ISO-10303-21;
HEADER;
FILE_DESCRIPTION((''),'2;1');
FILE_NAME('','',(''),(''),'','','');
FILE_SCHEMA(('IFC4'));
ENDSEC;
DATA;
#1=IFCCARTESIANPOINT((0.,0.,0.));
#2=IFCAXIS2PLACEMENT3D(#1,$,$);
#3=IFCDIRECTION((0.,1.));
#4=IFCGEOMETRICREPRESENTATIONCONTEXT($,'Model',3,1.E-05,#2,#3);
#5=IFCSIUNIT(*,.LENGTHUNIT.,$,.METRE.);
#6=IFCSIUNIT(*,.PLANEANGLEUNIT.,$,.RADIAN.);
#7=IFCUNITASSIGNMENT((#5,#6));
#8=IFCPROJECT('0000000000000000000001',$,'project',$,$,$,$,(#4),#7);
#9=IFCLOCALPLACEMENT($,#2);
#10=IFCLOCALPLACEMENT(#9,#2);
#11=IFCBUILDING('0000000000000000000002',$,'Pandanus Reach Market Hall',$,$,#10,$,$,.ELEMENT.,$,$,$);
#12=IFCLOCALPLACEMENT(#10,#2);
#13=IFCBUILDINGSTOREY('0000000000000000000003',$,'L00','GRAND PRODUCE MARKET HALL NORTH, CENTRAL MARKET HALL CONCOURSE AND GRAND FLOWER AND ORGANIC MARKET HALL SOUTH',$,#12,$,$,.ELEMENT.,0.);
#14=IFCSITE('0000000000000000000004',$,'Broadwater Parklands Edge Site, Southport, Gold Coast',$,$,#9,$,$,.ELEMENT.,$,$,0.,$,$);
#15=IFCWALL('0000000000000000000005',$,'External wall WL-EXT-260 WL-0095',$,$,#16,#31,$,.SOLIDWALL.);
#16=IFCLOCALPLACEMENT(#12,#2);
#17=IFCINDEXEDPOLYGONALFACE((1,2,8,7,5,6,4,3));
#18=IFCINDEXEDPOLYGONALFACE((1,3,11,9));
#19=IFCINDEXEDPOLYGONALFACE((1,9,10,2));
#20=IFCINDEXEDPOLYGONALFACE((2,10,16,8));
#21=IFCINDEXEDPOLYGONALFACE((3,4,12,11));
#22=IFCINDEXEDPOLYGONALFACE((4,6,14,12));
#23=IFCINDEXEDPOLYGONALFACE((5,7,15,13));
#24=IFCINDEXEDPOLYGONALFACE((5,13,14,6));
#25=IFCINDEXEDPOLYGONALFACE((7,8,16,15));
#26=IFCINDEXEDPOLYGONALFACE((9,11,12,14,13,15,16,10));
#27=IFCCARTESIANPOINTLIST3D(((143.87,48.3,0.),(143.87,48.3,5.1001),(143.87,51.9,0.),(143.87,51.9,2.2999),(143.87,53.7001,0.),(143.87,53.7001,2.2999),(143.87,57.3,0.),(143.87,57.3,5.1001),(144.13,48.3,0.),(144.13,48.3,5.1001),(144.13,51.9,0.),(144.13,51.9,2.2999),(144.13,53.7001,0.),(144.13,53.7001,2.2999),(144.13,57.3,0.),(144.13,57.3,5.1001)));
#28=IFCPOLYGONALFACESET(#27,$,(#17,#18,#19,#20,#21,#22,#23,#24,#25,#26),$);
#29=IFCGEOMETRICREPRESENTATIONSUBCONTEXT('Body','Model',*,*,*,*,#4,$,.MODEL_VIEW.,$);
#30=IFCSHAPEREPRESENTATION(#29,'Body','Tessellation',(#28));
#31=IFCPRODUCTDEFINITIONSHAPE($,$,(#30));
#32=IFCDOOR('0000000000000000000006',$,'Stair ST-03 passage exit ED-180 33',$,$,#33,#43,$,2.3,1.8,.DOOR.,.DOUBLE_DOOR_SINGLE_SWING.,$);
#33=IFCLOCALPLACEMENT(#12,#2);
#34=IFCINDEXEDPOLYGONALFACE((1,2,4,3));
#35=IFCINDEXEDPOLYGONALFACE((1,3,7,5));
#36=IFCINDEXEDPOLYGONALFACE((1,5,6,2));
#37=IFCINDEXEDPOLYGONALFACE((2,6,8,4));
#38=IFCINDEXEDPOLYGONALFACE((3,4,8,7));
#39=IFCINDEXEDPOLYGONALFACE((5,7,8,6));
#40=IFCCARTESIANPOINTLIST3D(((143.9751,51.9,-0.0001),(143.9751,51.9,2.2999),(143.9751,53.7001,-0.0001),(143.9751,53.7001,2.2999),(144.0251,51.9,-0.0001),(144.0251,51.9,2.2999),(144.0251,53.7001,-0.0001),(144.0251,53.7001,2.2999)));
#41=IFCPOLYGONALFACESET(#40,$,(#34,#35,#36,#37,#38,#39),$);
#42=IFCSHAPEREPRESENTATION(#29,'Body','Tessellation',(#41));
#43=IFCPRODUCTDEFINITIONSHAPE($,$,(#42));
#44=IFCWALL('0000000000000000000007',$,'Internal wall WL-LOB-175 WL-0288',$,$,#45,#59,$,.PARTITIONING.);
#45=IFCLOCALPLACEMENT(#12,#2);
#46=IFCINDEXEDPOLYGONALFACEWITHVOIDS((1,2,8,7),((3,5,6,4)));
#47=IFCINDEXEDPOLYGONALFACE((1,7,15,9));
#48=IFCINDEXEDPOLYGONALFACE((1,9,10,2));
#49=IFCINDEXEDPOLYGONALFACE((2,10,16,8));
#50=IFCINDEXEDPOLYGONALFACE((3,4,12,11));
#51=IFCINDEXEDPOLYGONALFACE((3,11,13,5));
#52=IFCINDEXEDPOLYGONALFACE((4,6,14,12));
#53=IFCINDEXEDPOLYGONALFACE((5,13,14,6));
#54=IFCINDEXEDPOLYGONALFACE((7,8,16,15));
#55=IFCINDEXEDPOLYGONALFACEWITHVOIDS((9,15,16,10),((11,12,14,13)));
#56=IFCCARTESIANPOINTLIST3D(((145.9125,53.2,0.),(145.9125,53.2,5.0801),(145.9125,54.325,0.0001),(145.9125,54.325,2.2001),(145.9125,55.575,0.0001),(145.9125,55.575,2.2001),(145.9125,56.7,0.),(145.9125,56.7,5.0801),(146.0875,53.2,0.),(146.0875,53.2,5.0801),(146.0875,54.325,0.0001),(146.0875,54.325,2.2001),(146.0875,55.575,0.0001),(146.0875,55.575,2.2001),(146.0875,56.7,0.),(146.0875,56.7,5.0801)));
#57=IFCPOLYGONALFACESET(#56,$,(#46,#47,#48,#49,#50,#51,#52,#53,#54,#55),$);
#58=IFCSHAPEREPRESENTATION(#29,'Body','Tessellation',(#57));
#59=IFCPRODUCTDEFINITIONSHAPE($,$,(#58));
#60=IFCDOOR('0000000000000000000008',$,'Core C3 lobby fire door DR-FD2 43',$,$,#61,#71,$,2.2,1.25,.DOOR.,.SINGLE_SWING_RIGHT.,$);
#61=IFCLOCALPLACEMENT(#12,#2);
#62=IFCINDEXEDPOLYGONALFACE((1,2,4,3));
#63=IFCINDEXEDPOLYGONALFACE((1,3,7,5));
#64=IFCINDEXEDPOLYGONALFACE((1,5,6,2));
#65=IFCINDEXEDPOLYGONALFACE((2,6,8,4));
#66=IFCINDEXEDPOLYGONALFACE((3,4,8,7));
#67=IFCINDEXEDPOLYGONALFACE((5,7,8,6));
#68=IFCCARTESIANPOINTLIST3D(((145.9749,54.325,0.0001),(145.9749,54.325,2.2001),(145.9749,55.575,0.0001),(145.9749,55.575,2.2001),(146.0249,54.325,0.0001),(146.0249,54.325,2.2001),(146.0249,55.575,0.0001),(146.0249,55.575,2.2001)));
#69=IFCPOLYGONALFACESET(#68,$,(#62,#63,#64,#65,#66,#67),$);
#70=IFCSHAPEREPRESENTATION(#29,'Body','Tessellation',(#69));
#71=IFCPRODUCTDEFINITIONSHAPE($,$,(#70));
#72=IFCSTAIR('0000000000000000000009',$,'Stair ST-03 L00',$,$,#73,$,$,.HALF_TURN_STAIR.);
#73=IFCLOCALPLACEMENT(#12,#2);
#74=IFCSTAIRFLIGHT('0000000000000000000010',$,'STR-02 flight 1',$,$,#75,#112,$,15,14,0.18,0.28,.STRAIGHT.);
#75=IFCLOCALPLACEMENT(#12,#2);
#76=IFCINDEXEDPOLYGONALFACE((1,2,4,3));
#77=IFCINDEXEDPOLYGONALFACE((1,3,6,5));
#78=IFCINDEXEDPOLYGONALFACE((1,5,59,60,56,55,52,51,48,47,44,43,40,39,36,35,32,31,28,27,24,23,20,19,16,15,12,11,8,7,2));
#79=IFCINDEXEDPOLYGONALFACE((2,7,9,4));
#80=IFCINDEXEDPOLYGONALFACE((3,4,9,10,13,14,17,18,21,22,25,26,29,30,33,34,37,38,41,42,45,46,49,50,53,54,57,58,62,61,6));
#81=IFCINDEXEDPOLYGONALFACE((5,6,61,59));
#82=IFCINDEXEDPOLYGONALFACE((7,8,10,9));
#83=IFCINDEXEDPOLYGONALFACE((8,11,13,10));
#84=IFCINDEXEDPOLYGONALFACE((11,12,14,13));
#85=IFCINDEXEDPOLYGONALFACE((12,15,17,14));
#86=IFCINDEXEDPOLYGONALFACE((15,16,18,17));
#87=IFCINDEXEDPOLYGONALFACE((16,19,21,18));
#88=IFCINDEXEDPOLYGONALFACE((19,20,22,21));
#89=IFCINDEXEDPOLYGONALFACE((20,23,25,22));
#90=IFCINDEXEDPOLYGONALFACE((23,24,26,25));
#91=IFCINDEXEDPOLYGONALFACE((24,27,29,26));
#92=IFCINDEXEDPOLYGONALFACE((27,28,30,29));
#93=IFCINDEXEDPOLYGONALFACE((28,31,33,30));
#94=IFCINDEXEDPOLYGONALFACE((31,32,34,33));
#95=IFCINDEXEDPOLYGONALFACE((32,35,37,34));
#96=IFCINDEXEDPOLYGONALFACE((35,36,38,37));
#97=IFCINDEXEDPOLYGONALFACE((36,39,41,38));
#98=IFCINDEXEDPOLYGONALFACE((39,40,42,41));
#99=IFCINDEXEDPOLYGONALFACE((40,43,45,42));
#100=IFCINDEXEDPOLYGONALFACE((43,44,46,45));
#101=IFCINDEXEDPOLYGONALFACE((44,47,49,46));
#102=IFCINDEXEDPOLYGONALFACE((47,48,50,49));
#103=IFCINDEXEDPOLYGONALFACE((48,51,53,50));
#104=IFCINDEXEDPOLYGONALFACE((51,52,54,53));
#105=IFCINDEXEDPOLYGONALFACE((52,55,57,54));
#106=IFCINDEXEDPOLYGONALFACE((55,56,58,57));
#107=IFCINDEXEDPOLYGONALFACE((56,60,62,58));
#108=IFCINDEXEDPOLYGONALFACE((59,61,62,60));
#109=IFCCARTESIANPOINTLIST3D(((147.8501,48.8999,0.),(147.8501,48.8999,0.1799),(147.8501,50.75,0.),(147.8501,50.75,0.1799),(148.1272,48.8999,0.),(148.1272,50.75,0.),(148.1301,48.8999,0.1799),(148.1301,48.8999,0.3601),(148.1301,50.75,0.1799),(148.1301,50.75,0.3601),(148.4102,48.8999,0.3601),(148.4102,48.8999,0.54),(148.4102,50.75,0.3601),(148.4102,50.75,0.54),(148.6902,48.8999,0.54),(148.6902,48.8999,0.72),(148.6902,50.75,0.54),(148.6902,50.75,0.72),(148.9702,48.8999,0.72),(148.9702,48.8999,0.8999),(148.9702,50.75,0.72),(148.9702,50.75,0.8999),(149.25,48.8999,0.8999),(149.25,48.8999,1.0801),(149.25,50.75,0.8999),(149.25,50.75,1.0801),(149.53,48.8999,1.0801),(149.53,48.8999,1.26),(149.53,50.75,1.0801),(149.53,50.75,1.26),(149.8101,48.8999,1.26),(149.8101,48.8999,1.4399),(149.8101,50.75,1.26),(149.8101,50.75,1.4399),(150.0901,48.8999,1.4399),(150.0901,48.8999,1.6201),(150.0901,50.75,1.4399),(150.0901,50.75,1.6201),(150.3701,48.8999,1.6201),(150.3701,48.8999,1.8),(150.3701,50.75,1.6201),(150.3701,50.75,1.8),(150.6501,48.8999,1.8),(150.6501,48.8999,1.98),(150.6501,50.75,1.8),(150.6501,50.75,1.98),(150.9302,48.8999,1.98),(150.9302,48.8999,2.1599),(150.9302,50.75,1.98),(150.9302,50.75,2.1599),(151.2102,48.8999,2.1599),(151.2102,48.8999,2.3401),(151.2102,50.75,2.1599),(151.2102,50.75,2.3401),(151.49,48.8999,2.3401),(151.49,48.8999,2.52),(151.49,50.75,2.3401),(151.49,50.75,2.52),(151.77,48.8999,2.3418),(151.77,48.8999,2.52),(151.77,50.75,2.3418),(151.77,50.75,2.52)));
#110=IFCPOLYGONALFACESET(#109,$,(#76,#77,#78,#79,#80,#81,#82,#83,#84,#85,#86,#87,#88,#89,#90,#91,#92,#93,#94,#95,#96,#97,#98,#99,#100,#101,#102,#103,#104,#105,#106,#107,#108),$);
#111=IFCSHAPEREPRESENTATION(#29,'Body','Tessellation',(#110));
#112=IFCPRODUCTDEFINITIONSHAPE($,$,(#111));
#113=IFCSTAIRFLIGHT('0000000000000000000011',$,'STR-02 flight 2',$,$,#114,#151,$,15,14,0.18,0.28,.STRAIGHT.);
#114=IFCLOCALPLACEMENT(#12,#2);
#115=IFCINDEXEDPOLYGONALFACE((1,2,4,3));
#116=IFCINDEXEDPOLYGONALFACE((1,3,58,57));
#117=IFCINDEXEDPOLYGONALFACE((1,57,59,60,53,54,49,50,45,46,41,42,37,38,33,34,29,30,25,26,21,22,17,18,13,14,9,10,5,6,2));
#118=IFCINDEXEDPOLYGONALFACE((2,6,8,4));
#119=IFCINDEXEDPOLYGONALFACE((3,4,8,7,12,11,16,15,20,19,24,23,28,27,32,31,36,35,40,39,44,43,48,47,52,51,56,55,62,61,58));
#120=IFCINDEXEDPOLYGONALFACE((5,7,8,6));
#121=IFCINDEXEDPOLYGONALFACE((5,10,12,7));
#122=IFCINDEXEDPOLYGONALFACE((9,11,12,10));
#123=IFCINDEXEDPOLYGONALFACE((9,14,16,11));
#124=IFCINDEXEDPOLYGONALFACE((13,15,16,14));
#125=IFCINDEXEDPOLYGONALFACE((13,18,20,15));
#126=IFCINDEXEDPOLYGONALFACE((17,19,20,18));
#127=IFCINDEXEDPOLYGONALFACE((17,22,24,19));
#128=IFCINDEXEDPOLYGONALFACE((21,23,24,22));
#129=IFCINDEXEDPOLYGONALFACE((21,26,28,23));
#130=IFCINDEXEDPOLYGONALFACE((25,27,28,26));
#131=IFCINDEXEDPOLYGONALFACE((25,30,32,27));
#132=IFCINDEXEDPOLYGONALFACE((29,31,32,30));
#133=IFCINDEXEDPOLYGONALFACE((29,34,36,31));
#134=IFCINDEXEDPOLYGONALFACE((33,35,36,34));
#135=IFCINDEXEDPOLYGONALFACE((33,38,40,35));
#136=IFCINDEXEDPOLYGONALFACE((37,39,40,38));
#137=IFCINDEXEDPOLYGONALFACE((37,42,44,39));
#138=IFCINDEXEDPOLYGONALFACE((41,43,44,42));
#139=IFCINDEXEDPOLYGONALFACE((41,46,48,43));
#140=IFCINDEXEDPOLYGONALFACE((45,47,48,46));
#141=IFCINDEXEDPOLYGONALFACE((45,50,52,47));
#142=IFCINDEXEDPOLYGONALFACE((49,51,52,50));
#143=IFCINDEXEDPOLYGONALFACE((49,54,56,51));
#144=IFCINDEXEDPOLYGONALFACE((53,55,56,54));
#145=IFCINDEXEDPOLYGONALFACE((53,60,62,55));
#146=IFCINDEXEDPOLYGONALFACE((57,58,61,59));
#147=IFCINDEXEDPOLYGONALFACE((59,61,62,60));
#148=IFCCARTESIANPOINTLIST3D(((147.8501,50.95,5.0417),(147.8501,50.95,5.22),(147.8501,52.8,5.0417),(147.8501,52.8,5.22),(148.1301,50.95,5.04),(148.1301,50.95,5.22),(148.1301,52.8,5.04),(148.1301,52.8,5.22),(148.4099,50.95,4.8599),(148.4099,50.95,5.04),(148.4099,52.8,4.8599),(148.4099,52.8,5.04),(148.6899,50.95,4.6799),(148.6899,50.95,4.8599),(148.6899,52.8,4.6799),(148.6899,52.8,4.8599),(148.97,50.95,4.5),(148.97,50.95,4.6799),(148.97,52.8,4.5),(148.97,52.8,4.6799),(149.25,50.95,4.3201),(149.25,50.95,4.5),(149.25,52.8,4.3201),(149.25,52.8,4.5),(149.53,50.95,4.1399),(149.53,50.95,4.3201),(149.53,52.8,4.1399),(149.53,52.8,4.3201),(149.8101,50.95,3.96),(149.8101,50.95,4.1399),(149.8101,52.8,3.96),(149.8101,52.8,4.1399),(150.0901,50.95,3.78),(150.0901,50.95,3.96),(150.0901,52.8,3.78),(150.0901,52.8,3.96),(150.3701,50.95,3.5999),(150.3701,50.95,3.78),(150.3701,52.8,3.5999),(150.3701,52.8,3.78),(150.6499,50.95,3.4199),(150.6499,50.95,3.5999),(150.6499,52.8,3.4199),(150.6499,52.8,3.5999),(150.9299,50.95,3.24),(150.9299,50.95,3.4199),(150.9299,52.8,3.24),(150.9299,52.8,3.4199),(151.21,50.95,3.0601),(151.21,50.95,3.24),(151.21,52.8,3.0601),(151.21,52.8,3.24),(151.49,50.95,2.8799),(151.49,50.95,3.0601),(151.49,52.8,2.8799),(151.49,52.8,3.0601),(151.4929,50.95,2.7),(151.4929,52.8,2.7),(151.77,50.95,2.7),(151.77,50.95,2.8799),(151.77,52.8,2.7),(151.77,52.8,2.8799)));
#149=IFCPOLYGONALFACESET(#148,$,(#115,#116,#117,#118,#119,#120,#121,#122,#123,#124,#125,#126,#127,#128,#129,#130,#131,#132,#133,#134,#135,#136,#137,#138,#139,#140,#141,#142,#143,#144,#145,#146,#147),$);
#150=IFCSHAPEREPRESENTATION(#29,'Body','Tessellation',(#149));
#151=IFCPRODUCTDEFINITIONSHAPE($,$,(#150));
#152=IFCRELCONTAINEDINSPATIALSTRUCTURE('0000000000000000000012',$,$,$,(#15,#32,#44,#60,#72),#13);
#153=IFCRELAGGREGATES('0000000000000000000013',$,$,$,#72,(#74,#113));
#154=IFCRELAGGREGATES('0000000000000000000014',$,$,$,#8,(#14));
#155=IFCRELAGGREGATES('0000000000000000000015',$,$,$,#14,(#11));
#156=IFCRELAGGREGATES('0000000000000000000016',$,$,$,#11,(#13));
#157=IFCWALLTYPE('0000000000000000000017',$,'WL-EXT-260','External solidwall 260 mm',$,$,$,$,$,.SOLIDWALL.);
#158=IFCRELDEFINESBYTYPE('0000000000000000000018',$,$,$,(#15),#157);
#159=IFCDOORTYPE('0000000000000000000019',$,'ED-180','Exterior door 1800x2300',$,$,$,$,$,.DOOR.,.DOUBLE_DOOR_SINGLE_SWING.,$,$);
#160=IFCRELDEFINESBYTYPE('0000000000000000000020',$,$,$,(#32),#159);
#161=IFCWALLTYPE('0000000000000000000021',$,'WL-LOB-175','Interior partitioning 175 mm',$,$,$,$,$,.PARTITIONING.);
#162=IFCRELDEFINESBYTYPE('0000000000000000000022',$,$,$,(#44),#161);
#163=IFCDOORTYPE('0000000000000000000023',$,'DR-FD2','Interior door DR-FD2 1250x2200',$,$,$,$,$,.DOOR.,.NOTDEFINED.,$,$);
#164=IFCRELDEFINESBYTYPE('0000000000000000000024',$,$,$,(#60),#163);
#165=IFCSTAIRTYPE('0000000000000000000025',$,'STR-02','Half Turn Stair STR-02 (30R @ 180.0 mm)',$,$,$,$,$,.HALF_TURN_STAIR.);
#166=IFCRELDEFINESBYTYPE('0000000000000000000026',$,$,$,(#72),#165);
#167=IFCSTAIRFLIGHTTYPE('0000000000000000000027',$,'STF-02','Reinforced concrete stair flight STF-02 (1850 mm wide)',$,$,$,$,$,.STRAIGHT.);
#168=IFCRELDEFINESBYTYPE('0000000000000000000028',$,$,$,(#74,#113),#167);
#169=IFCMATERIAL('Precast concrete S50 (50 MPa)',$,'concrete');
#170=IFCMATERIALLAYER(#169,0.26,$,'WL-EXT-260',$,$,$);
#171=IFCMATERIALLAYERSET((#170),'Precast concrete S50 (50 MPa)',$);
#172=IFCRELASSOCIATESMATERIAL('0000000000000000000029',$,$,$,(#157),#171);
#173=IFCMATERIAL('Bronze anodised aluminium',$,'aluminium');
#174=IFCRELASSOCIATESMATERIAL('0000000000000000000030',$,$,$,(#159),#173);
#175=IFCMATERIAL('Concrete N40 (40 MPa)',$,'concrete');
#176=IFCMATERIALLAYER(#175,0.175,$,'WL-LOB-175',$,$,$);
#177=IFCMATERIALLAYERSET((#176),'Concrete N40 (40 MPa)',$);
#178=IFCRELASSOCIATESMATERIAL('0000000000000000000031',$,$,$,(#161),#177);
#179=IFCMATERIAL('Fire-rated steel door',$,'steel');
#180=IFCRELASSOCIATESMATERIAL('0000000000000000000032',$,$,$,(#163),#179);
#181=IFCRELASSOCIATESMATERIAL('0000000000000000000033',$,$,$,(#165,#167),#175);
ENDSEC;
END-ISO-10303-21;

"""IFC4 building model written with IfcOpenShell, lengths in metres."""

from ifc_helpers import new_model, si_unit, direction, frame, frame_2d, origin, place, context, subcontext, project, spatial, polyline, rectangle, outline, extrude, material, layer, layer_set, type_object, element, fill, aggregate, save


model = new_model("IFC4")

# Units and contexts
model_context = context("Model", 3, precision=1e-05, world=origin(), true_north=direction((0.0, 1.0)))
body_context = subcontext(model_context, "Body", "Model", "MODEL_VIEW")
ifc_project = project(units=[si_unit("LENGTHUNIT", "METRE"), si_unit("PLANEANGLEUNIT", "RADIAN")], contexts=[model_context])

# Site, building, storey
site_placement = place(None, origin())
site = spatial("IfcSite", under=ifc_project, at=site_placement, Name="Broadwater Parklands Edge Site, Southport, Gold Coast", CompositionType="ELEMENT", RefElevation=0.0)
building_placement = place(site_placement, origin())
building = spatial("IfcBuilding", under=site, at=building_placement, Name="Pandanus Reach Market Hall", CompositionType="ELEMENT")
storey_placement = place(building_placement, origin())
storey = spatial("IfcBuildingStorey", under=building, at=storey_placement, Name="L00", Description="GRAND PRODUCE MARKET HALL NORTH, CENTRAL MARKET HALL CONCOURSE AND GRAND FLOWER AND ORGANIC MARKET HALL SOUTH", CompositionType="ELEMENT", Elevation=0.0)

# Shared definitions
ifc_material_1 = material(Name="Concrete N40 (40 MPa)", Category="concrete")

# Shared definitions
ifc_material_2 = material(Name="Bronze anodised aluminium", Category="aluminium")

# Shared definitions
ifc_material_3 = material(Name="Fire-rated steel door", Category="steel")

# Walls, openings, doors
ifc_material_4 = material(Name="Precast concrete S50 (50 MPa)", Category="concrete")
ifc_layer_1 = layer(ifc_material_4, 0.26, Name="WL-EXT-260")
ifc_layer_set_1 = layer_set([ifc_layer_1], Name="Precast concrete S50 (50 MPa)")
wall_type_1 = type_object("IfcWallType", Name="WL-EXT-260", Description="External solidwall 260 mm", PredefinedType="SOLIDWALL", material=ifc_layer_set_1)
wall_1_placement = place(storey_placement, frame((144.0, 48.3, 0.0), z_axis=(0.0, 0.0, 1.0), x_axis=(0.0, 1.0, 0.0)))
wall_1 = element("IfcWall", 1, at=wall_1_placement, inside=storey, type_object=wall_type_1, Name="External wall WL-EXT-260 WL-0095", PredefinedType="SOLIDWALL", context=body_context, shape_type="SweptSolid", body=[
    extrude(rectangle(XDim=9.0, YDim=0.26, at=frame_2d((4.5, 0.0))), origin(), (0.0, 0.0, 1.0), 5.1001),
])
opening_1_placement = place(wall_1_placement, frame((3.6001, 0.0, 0.0)))
opening_1 = element("IfcOpeningElement", 2, at=opening_1_placement, cuts=wall_1, PredefinedType="OPENING", context=body_context, shape_type="SweptSolid", body=[
    extrude(rectangle(XDim=1.8, YDim=2.3, at=frame_2d((0.8999, 1.1499))), frame((0.0, 0.145, 0.0), z_axis=(0.0, -1.0, 0.0), x_axis=(1.0, 0.0, 0.0)), (0.0, 0.0, 1.0), 0.29),
])
door_type_1 = type_object("IfcDoorType", Name="ED-180", Description="Exterior door 1800x2300", OperationType="DOUBLE_DOOR_SINGLE_SWING", PredefinedType="DOOR", material=ifc_material_2)
door_1_placement = place(opening_1_placement, origin())
door_1 = element("IfcDoor", 3, at=door_1_placement, inside=storey, type_object=door_type_1, Name="Stair ST-03 passage exit ED-180 33", OperationType="DOUBLE_DOOR_SINGLE_SWING", OverallHeight=2.3, OverallWidth=1.8, PredefinedType="DOOR", context=body_context, shape_type="SweptSolid", body=[
    extrude(rectangle(XDim=1.8, YDim=2.3, at=frame_2d((0.8999, 1.1499))), frame((0.0, 0.0249, 0.0), z_axis=(0.0, -1.0, 0.0), x_axis=(1.0, 0.0, 0.0)), (0.0, 0.0, 1.0), 0.05),
])
fill(opening_1, door_1)
ifc_layer_2 = layer(ifc_material_1, 0.175, Name="WL-LOB-175")
ifc_layer_set_2 = layer_set([ifc_layer_2], Name="Concrete N40 (40 MPa)")
wall_type_2 = type_object("IfcWallType", Name="WL-LOB-175", Description="Interior partitioning 175 mm", PredefinedType="PARTITIONING", material=ifc_layer_set_2)
wall_2_placement = place(storey_placement, frame((146.0, 53.2, 0.0), z_axis=(0.0, 0.0, 1.0), x_axis=(0.0, 1.0, 0.0)))
wall_2 = element("IfcWall", 4, at=wall_2_placement, inside=storey, type_object=wall_type_2, Name="Internal wall WL-LOB-175 WL-0288", PredefinedType="PARTITIONING", context=body_context, shape_type="SweptSolid", body=[
    extrude(rectangle(XDim=3.5, YDim=0.175, at=frame_2d((1.75, 0.0))), origin(), (0.0, 0.0, 1.0), 5.0801),
])
opening_2_placement = place(wall_2_placement, frame((1.125, 0.0, 0.0)))
opening_2 = element("IfcOpeningElement", 5, at=opening_2_placement, cuts=wall_2, PredefinedType="OPENING", context=body_context, shape_type="SweptSolid", body=[
    extrude(rectangle(XDim=1.25, YDim=2.2, at=frame_2d((0.625, 1.1001))), frame((0.0, 0.1025, 0.0), z_axis=(0.0, -1.0, 0.0), x_axis=(1.0, 0.0, 0.0)), (0.0, 0.0, 1.0), 0.2051),
])
door_type_2 = type_object("IfcDoorType", Name="DR-FD2", Description="Interior door DR-FD2 1250x2200", OperationType="NOTDEFINED", PredefinedType="DOOR", material=ifc_material_3)
door_2_placement = place(opening_2_placement, frame((1.25, 0.0, 0.0), z_axis=(0.0, 0.0, 1.0), x_axis=(-1.0, 0.0, 0.0)))
door_2 = element("IfcDoor", 6, at=door_2_placement, inside=storey, type_object=door_type_2, Name="Core C3 lobby fire door DR-FD2 43", OperationType="SINGLE_SWING_RIGHT", OverallHeight=2.2, OverallWidth=1.25, PredefinedType="DOOR", context=body_context, shape_type="SweptSolid", body=[
    extrude(rectangle(XDim=1.25, YDim=2.2, at=frame_2d((0.625, 1.1001))), frame((0.0, 0.0249, 0.0), z_axis=(0.0, -1.0, 0.0), x_axis=(1.0, 0.0, 0.0)), (0.0, 0.0, 1.0), 0.05),
])
fill(opening_2, door_2)

# Stair, stair flights
stair_type = type_object("IfcStairType", Name="STR-02", Description="Half Turn Stair STR-02 (30R @ 180.0 mm)", PredefinedType="HALF_TURN_STAIR", material=ifc_material_1)
stair_placement = place(storey_placement, origin())
stair = element("IfcStair", 7, at=stair_placement, inside=storey, type_object=stair_type, Name="Stair ST-03 L00", PredefinedType="HALF_TURN_STAIR")
stair_flight_type = type_object("IfcStairFlightType", Name="STF-02", Description="Reinforced concrete stair flight STF-02 (1850 mm wide)", PredefinedType="STRAIGHT", material=ifc_material_1)
stair_flight_1_placement = place(storey_placement, frame((147.8501, 49.825, 0.0), z_axis=(0.0, 0.0, 1.0), x_axis=(1.0, 0.0, 0.0)))
stair_flight_1 = element("IfcStairFlight", 8, at=stair_flight_1_placement, type_object=stair_flight_type, Name="STR-02 flight 1", NumberOfRisers=15, NumberOfTreads=14, PredefinedType="STRAIGHT", RiserHeight=0.18, TreadLength=0.28, context=body_context, shape_type="SweptSolid", body=[
    extrude(outline(polyline([(0.0, 0.0), (0.0, 0.1799), (0.28, 0.1799), (0.28, 0.3601), (0.5601, 0.3601), (0.5601, 0.54), (0.8401, 0.54), (0.8401, 0.72), (1.1201, 0.72), (1.1201, 0.8999), (1.3999, 0.8999), (1.3999, 1.0801), (1.6799, 1.0801), (1.6799, 1.26), (1.96, 1.26), (1.96, 1.4399), (2.24, 1.4399), (2.24, 1.6201), (2.52, 1.6201), (2.52, 1.8), (2.8, 1.8), (2.8, 1.98), (3.0801, 1.98), (3.0801, 2.1599), (3.3601, 2.1599), (3.3601, 2.3401), (3.6399, 2.3401), (3.6399, 2.52), (3.9199, 2.52), (3.9199, 2.7), (3.9199, 2.3418), (0.2771, 0.0), (0.0, 0.0)])), frame((0.0, 0.925, 0.0), z_axis=(0.0, -1.0, 0.0), x_axis=(1.0, 0.0, 0.0)), (0.0, 0.0, 1.0), 1.8501),
])
stair_flight_2_placement = place(storey_placement, frame((151.77, 51.875, 2.7), z_axis=(0.0, 0.0, 1.0), x_axis=(-1.0, 0.0, 0.0)))
stair_flight_2 = element("IfcStairFlight", 9, at=stair_flight_2_placement, type_object=stair_flight_type, Name="STR-02 flight 2", NumberOfRisers=15, NumberOfTreads=14, PredefinedType="STRAIGHT", RiserHeight=0.18, TreadLength=0.28, context=body_context, shape_type="SweptSolid", body=[
    extrude(outline(polyline([(0.0, 0.0), (0.0, 0.1799), (0.28, 0.1799), (0.28, 0.3601), (0.5601, 0.3601), (0.5601, 0.54), (0.8401, 0.54), (0.8401, 0.72), (1.1201, 0.72), (1.1201, 0.8999), (1.3999, 0.8999), (1.3999, 1.0801), (1.6799, 1.0801), (1.6799, 1.26), (1.96, 1.26), (1.96, 1.4399), (2.24, 1.4399), (2.24, 1.6201), (2.52, 1.6201), (2.52, 1.8), (2.8, 1.8), (2.8, 1.98), (3.0801, 1.98), (3.0801, 2.1599), (3.3601, 2.1599), (3.3601, 2.3401), (3.6399, 2.3401), (3.6399, 2.52), (3.9199, 2.52), (3.9199, 2.7), (3.9199, 2.3418), (0.2771, 0.0), (0.0, 0.0)])), frame((0.0, 0.925, 0.0), z_axis=(0.0, -1.0, 0.0), x_axis=(1.0, 0.0, 0.0)), (0.0, 0.0, 1.0), 1.8501),
])
aggregate(stair, [stair_flight_1, stair_flight_2])

save(model, "model.ifc")
